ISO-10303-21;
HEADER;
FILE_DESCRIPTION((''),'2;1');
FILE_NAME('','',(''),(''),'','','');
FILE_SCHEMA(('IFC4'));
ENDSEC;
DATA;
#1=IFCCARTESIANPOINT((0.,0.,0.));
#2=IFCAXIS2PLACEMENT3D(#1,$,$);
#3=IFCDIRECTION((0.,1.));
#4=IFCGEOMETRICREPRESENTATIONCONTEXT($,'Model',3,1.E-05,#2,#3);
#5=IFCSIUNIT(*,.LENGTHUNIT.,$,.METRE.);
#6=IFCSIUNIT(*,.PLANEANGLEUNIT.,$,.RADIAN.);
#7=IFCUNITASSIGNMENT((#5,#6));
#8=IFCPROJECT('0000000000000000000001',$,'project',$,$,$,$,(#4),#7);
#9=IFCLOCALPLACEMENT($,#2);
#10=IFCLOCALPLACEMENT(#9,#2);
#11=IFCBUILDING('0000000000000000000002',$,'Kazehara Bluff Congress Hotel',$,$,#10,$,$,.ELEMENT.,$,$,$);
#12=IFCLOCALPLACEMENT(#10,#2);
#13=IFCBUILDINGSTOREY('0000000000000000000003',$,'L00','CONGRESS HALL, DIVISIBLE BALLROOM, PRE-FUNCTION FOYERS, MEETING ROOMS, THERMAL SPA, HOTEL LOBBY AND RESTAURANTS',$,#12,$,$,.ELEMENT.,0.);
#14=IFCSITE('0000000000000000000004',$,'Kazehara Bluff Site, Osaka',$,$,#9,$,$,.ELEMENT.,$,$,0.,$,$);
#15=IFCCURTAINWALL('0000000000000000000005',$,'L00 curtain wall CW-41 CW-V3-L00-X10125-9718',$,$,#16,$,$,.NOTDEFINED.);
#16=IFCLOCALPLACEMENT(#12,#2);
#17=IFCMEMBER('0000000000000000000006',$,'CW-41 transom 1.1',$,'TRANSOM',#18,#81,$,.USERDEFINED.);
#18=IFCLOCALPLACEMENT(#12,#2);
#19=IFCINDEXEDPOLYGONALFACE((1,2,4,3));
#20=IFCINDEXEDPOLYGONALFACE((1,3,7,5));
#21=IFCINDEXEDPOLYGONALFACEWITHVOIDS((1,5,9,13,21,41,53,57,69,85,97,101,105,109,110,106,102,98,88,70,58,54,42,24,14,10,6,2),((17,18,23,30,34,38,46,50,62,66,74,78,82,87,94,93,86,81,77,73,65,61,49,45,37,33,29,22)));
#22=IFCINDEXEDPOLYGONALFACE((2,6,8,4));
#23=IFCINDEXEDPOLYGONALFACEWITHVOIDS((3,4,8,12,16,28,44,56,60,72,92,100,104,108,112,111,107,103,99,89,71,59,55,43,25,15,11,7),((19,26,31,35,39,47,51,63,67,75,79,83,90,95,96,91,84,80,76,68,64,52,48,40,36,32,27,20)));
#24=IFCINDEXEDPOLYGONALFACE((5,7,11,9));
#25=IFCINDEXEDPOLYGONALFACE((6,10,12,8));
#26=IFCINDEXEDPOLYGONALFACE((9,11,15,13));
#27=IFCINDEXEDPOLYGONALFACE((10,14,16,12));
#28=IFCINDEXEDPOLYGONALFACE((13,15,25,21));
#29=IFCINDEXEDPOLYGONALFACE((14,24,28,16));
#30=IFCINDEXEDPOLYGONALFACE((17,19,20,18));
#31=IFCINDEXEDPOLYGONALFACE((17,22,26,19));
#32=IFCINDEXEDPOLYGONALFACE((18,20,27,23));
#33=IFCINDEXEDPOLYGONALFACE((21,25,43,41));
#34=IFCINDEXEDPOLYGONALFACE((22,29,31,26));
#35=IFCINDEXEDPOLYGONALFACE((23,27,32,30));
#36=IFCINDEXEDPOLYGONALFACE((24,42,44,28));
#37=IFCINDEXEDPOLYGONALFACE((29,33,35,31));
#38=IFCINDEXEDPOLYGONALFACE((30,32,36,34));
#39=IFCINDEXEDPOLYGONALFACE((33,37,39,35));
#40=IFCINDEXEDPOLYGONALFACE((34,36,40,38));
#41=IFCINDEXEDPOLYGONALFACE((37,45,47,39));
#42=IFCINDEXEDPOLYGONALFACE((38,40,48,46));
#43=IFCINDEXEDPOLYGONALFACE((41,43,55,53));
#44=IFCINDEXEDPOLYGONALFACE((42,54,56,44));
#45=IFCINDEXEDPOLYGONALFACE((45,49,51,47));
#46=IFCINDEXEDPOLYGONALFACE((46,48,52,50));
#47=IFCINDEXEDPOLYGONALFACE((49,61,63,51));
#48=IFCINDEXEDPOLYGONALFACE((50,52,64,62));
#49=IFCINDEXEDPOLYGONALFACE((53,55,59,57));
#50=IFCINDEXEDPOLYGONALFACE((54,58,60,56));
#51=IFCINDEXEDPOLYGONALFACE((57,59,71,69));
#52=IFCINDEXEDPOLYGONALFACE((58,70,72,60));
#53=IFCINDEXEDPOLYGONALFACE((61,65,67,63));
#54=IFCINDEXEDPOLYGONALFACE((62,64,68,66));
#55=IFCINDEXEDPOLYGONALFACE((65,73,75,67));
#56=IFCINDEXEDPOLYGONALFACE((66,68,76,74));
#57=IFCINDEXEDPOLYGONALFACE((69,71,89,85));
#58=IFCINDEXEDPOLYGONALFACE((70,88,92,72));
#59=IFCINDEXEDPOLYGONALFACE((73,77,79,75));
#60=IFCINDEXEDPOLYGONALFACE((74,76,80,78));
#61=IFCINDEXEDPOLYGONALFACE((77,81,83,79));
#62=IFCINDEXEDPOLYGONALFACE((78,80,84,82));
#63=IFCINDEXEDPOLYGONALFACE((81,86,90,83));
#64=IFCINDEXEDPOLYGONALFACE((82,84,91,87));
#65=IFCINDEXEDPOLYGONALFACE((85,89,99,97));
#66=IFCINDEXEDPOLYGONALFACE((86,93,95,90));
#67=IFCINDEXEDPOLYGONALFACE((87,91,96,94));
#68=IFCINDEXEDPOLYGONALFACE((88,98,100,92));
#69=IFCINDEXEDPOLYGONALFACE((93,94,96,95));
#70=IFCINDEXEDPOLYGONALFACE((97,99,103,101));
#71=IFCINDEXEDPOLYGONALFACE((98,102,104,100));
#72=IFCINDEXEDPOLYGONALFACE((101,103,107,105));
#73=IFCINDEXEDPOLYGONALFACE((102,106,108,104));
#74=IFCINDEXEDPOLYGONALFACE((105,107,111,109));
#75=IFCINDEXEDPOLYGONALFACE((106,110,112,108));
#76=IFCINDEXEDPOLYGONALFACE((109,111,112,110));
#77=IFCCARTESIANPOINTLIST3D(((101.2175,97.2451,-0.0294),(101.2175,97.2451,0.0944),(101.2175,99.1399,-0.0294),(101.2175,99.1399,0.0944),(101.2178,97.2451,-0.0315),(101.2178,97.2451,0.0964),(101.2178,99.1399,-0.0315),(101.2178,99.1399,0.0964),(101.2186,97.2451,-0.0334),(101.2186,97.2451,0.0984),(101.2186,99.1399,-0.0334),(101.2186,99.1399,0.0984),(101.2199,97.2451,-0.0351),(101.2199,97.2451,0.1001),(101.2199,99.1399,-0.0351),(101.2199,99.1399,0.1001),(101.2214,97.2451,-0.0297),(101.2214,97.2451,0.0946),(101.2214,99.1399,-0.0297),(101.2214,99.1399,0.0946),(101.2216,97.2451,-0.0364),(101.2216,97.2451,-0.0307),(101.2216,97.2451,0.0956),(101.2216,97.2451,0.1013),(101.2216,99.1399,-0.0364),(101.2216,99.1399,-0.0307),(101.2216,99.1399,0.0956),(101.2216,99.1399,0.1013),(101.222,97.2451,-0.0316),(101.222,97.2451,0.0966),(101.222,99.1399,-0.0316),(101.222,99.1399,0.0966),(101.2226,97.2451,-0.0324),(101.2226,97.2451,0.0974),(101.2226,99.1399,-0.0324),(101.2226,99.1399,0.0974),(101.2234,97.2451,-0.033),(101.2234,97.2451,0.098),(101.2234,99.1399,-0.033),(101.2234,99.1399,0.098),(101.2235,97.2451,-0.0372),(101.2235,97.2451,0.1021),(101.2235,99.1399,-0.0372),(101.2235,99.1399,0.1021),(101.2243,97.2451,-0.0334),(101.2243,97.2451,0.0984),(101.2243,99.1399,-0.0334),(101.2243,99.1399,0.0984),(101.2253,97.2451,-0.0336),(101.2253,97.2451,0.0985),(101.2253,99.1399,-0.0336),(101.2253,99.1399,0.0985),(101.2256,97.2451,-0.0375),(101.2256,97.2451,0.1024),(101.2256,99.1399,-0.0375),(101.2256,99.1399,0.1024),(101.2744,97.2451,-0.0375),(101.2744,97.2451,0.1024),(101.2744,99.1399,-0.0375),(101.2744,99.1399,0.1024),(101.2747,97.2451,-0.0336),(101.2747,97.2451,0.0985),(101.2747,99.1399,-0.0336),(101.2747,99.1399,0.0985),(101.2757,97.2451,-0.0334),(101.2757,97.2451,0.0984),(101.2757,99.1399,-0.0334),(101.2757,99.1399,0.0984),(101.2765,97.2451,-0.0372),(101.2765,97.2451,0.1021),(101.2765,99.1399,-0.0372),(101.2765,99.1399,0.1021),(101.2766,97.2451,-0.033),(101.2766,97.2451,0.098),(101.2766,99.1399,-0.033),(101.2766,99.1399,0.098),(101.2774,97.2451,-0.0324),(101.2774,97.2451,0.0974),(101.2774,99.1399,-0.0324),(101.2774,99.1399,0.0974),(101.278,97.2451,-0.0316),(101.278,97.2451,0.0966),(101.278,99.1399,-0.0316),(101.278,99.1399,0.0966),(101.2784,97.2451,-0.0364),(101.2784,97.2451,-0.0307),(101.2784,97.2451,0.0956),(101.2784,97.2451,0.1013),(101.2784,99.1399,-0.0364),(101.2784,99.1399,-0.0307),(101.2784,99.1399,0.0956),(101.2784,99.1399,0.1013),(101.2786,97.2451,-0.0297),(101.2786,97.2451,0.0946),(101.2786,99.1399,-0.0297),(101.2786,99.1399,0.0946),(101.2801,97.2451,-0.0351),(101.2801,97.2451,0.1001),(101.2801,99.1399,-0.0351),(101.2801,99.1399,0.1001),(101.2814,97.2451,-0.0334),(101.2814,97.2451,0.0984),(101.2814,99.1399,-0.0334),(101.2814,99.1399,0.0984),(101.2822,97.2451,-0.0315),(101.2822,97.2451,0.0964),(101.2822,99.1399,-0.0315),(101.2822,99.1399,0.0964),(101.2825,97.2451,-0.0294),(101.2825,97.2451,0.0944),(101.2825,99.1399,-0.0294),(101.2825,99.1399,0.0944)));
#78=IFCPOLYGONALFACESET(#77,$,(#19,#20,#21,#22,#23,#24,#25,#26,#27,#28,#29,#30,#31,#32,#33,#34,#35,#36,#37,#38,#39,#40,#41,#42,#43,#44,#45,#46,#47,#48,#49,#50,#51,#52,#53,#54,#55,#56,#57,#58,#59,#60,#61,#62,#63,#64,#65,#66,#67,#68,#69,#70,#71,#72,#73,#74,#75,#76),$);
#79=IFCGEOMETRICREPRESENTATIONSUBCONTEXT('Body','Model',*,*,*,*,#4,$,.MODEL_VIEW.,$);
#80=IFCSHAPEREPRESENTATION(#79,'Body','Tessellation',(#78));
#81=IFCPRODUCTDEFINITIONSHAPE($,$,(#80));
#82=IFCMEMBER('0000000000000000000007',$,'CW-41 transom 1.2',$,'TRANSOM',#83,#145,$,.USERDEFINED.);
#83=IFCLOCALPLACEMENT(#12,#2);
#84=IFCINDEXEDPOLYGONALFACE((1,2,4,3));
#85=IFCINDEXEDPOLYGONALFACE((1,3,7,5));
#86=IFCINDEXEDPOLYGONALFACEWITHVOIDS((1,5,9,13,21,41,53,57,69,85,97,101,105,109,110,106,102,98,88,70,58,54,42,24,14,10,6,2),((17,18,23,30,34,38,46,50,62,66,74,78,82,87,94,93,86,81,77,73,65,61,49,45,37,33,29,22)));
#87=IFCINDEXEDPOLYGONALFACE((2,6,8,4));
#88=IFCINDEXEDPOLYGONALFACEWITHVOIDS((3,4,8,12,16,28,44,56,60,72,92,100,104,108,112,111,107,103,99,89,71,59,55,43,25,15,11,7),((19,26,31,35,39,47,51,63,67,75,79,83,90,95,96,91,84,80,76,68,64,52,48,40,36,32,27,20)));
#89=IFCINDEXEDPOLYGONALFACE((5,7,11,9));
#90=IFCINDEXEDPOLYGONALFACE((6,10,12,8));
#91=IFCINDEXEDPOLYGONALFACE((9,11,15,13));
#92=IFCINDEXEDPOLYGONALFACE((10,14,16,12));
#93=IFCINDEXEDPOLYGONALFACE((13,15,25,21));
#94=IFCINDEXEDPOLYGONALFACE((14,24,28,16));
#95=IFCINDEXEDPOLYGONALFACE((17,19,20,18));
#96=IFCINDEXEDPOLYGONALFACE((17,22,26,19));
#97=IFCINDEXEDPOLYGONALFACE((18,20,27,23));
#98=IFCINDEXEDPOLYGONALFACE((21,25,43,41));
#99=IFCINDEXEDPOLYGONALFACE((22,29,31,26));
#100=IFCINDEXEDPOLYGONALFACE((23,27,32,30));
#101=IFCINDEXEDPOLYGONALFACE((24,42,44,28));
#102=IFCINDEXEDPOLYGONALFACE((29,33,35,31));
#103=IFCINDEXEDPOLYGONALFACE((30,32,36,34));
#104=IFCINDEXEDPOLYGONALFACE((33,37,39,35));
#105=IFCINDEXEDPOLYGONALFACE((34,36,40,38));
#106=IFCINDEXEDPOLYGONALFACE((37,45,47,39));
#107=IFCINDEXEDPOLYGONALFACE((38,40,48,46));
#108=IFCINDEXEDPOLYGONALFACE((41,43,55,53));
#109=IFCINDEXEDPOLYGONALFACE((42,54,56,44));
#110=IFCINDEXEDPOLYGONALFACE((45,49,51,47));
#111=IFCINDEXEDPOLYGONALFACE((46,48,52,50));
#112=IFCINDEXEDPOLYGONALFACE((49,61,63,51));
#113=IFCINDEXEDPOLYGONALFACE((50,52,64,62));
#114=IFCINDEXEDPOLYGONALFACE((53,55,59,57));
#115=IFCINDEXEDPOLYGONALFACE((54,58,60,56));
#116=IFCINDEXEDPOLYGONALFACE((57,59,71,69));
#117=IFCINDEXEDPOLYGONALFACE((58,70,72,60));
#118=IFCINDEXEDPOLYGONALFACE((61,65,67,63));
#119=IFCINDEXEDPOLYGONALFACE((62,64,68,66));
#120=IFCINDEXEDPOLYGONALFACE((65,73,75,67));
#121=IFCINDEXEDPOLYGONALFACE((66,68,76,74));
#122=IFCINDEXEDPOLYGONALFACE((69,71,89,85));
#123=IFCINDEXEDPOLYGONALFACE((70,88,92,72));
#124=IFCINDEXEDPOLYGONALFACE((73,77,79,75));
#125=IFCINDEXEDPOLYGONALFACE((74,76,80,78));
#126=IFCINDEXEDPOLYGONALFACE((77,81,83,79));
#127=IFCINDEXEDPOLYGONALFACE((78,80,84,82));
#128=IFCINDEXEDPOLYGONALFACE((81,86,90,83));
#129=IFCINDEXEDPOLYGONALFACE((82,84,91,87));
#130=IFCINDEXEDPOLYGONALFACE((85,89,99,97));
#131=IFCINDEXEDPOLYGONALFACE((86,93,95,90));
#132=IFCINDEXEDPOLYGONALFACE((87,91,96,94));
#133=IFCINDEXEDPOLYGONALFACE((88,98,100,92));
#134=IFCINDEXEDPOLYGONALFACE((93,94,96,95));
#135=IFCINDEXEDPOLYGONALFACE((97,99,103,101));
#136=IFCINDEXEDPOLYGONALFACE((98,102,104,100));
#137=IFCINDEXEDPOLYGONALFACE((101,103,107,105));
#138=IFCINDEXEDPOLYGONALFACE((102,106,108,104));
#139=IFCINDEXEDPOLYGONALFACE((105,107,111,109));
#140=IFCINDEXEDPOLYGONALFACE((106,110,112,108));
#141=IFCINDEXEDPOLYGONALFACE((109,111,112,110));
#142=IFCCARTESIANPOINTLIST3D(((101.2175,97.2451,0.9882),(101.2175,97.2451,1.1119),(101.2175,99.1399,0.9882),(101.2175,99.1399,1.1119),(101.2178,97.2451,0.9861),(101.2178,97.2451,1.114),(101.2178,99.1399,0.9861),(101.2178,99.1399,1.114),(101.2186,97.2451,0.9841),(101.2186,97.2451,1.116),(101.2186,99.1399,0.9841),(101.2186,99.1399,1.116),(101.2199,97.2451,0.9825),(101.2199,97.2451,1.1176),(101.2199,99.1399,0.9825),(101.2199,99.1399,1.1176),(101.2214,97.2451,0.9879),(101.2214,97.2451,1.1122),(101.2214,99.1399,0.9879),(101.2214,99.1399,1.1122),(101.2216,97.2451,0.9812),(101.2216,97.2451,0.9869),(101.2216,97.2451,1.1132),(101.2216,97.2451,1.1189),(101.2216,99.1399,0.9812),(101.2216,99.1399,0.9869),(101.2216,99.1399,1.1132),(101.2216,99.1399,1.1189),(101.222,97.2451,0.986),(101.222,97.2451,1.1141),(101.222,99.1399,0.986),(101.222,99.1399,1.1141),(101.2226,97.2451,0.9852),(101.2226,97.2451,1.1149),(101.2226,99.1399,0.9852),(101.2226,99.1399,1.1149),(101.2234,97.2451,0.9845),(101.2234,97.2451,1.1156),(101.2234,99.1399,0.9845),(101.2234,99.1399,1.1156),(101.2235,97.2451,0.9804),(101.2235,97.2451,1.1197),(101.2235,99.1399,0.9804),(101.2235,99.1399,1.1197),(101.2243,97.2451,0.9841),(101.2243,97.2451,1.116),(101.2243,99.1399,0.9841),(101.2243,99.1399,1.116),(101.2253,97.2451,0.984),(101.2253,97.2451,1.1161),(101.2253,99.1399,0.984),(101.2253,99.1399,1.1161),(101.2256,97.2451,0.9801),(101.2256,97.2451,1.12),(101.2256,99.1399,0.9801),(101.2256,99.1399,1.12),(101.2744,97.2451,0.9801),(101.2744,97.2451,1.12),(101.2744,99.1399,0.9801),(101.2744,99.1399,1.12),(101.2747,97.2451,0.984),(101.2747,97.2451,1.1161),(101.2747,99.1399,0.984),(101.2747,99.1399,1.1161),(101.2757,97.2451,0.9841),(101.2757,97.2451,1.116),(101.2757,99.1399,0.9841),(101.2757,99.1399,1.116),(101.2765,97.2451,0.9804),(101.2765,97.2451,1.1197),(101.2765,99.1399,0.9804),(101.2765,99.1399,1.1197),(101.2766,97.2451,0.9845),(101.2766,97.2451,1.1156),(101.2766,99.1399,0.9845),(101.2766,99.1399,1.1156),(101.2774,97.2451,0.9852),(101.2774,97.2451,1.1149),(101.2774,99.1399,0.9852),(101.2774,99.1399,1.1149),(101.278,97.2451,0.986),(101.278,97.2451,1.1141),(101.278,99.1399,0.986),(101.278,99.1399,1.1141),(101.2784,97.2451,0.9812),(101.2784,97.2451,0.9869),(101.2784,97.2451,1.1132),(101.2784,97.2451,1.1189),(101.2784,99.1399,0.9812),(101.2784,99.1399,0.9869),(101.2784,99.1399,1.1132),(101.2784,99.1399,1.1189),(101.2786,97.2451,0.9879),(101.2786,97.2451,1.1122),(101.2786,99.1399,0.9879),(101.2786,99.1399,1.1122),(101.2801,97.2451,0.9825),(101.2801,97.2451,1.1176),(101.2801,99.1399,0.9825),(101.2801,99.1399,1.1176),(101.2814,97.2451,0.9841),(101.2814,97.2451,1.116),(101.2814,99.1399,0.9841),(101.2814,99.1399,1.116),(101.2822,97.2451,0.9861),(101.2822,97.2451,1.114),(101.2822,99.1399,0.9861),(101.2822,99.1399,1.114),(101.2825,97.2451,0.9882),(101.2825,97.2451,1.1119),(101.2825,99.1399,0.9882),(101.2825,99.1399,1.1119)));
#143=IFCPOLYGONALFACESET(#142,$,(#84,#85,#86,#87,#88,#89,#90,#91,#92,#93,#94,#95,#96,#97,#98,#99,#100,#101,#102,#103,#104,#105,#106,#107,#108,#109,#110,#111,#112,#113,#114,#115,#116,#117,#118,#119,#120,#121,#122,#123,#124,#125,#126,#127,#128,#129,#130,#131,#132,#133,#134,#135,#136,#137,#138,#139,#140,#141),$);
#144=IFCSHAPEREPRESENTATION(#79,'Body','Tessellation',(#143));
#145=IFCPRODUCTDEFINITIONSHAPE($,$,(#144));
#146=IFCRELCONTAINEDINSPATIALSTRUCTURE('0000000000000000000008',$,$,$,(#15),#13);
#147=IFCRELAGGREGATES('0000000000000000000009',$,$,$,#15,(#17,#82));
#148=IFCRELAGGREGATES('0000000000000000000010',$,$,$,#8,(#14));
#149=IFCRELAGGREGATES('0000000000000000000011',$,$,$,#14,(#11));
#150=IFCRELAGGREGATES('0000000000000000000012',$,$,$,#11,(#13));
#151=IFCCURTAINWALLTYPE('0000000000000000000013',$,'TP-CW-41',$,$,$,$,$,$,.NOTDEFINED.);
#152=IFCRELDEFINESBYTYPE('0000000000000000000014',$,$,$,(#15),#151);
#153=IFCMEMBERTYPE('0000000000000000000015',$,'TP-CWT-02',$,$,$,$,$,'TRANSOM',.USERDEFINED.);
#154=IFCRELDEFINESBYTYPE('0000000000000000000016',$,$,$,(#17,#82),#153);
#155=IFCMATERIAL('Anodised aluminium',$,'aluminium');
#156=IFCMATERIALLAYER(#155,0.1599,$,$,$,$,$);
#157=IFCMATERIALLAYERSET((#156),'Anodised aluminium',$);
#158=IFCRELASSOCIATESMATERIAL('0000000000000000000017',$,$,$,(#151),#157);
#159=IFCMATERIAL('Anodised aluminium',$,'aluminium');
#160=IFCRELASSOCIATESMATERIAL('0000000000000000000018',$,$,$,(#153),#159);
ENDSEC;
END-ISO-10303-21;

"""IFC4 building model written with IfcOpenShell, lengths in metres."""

from ifc_helpers import new_model, si_unit, direction, frame, origin, origin_2d, place, context, subcontext, project, spatial, hollow_rectangle, extrude, material, layer, layer_set, material_profile, profile_set, type_object, element, aggregate, save


model = new_model("IFC4")

# Units and contexts
model_context = context("Model", 3, precision=1e-05, world=origin(), true_north=direction((0.0, 1.0)))
body_context = subcontext(model_context, "Body", "Model", "MODEL_VIEW")
ifc_project = project(units=[si_unit("LENGTHUNIT", "METRE"), si_unit("PLANEANGLEUNIT", "RADIAN")], contexts=[model_context])

# Site, building, storey
site_placement = place(None, origin())
site = spatial("IfcSite", under=ifc_project, at=site_placement, Name="Kazehara Bluff Site, Osaka", CompositionType="ELEMENT", RefElevation=0.0)
building_placement = place(site_placement, origin())
building = spatial("IfcBuilding", under=site, at=building_placement, Name="Kazehara Bluff Congress Hotel", CompositionType="ELEMENT")
storey_placement = place(building_placement, origin())
storey = spatial("IfcBuildingStorey", under=building, at=storey_placement, Name="L00", Description="CONGRESS HALL, DIVISIBLE BALLROOM, PRE-FUNCTION FOYERS, MEETING ROOMS, THERMAL SPA, HOTEL LOBBY AND RESTAURANTS", CompositionType="ELEMENT", Elevation=0.0)

# Curtain wall
ifc_material_1 = material(Name="Anodised aluminium", Category="aluminium")
ifc_layer_1 = layer(ifc_material_1, 0.1599)
ifc_layer_set_1 = layer_set([ifc_layer_1], Name="Anodised aluminium")
curtain_wall_type_1 = type_object("IfcCurtainWallType", Name="TP-CW-41", PredefinedType="NOTDEFINED", material=ifc_layer_set_1)
curtain_wall_1_placement = place(storey_placement, origin())
curtain_wall_1 = element("IfcCurtainWall", 1, at=curtain_wall_1_placement, inside=storey, type_object=curtain_wall_type_1, Name="L00 curtain wall CW-41 CW-V3-L00-X10125-9718", PredefinedType="NOTDEFINED")

# Members
ifc_material_2 = material(Name="Anodised aluminium", Category="aluminium")
ifc_material_profile_1 = material_profile(ifc_material_2, hollow_rectangle(XDim=0.0649, YDim=0.1399, WallThickness=0.0039, InnerFilletRadius=0.0039, OuterFilletRadius=0.0081, at=origin_2d()))
ifc_profile_set_1 = profile_set([ifc_material_profile_1], Name="Anodised aluminium")
member_type_1 = type_object("IfcMemberType", Name="TP-CWT-02", ElementType="TRANSOM", PredefinedType="USERDEFINED", material=ifc_profile_set_1)
member_1_placement = place(storey_placement, frame((101.25, 97.2451, 0.0325), z_axis=(0.0, 1.0, 0.0), x_axis=(-1.0, 0.0, 0.0)))
member_1 = element("IfcMember", 2, at=member_1_placement, type_object=member_type_1, Name="CW-41 transom 1.1", ObjectType="TRANSOM", PredefinedType="USERDEFINED", context=body_context, shape_type="SweptSolid", body=[
    extrude(hollow_rectangle(XDim=0.0649, YDim=0.1399, WallThickness=0.0039, InnerFilletRadius=0.0039, OuterFilletRadius=0.0081, at=origin_2d()), origin(), (0.0, 0.0, 1.0), 1.8948),
])
member_2_placement = place(storey_placement, frame((101.25, 97.2451, 1.05), z_axis=(0.0, 1.0, 0.0), x_axis=(-1.0, 0.0, 0.0)))
member_2 = element("IfcMember", 3, at=member_2_placement, type_object=member_type_1, Name="CW-41 transom 1.2", ObjectType="TRANSOM", PredefinedType="USERDEFINED", context=body_context, shape_type="SweptSolid", body=[
    extrude(hollow_rectangle(XDim=0.0649, YDim=0.1399, WallThickness=0.0039, InnerFilletRadius=0.0039, OuterFilletRadius=0.0081, at=origin_2d()), origin(), (0.0, 0.0, 1.0), 1.8948),
])

aggregate(curtain_wall_1, [member_1, member_2])

save(model, "model.ifc")
